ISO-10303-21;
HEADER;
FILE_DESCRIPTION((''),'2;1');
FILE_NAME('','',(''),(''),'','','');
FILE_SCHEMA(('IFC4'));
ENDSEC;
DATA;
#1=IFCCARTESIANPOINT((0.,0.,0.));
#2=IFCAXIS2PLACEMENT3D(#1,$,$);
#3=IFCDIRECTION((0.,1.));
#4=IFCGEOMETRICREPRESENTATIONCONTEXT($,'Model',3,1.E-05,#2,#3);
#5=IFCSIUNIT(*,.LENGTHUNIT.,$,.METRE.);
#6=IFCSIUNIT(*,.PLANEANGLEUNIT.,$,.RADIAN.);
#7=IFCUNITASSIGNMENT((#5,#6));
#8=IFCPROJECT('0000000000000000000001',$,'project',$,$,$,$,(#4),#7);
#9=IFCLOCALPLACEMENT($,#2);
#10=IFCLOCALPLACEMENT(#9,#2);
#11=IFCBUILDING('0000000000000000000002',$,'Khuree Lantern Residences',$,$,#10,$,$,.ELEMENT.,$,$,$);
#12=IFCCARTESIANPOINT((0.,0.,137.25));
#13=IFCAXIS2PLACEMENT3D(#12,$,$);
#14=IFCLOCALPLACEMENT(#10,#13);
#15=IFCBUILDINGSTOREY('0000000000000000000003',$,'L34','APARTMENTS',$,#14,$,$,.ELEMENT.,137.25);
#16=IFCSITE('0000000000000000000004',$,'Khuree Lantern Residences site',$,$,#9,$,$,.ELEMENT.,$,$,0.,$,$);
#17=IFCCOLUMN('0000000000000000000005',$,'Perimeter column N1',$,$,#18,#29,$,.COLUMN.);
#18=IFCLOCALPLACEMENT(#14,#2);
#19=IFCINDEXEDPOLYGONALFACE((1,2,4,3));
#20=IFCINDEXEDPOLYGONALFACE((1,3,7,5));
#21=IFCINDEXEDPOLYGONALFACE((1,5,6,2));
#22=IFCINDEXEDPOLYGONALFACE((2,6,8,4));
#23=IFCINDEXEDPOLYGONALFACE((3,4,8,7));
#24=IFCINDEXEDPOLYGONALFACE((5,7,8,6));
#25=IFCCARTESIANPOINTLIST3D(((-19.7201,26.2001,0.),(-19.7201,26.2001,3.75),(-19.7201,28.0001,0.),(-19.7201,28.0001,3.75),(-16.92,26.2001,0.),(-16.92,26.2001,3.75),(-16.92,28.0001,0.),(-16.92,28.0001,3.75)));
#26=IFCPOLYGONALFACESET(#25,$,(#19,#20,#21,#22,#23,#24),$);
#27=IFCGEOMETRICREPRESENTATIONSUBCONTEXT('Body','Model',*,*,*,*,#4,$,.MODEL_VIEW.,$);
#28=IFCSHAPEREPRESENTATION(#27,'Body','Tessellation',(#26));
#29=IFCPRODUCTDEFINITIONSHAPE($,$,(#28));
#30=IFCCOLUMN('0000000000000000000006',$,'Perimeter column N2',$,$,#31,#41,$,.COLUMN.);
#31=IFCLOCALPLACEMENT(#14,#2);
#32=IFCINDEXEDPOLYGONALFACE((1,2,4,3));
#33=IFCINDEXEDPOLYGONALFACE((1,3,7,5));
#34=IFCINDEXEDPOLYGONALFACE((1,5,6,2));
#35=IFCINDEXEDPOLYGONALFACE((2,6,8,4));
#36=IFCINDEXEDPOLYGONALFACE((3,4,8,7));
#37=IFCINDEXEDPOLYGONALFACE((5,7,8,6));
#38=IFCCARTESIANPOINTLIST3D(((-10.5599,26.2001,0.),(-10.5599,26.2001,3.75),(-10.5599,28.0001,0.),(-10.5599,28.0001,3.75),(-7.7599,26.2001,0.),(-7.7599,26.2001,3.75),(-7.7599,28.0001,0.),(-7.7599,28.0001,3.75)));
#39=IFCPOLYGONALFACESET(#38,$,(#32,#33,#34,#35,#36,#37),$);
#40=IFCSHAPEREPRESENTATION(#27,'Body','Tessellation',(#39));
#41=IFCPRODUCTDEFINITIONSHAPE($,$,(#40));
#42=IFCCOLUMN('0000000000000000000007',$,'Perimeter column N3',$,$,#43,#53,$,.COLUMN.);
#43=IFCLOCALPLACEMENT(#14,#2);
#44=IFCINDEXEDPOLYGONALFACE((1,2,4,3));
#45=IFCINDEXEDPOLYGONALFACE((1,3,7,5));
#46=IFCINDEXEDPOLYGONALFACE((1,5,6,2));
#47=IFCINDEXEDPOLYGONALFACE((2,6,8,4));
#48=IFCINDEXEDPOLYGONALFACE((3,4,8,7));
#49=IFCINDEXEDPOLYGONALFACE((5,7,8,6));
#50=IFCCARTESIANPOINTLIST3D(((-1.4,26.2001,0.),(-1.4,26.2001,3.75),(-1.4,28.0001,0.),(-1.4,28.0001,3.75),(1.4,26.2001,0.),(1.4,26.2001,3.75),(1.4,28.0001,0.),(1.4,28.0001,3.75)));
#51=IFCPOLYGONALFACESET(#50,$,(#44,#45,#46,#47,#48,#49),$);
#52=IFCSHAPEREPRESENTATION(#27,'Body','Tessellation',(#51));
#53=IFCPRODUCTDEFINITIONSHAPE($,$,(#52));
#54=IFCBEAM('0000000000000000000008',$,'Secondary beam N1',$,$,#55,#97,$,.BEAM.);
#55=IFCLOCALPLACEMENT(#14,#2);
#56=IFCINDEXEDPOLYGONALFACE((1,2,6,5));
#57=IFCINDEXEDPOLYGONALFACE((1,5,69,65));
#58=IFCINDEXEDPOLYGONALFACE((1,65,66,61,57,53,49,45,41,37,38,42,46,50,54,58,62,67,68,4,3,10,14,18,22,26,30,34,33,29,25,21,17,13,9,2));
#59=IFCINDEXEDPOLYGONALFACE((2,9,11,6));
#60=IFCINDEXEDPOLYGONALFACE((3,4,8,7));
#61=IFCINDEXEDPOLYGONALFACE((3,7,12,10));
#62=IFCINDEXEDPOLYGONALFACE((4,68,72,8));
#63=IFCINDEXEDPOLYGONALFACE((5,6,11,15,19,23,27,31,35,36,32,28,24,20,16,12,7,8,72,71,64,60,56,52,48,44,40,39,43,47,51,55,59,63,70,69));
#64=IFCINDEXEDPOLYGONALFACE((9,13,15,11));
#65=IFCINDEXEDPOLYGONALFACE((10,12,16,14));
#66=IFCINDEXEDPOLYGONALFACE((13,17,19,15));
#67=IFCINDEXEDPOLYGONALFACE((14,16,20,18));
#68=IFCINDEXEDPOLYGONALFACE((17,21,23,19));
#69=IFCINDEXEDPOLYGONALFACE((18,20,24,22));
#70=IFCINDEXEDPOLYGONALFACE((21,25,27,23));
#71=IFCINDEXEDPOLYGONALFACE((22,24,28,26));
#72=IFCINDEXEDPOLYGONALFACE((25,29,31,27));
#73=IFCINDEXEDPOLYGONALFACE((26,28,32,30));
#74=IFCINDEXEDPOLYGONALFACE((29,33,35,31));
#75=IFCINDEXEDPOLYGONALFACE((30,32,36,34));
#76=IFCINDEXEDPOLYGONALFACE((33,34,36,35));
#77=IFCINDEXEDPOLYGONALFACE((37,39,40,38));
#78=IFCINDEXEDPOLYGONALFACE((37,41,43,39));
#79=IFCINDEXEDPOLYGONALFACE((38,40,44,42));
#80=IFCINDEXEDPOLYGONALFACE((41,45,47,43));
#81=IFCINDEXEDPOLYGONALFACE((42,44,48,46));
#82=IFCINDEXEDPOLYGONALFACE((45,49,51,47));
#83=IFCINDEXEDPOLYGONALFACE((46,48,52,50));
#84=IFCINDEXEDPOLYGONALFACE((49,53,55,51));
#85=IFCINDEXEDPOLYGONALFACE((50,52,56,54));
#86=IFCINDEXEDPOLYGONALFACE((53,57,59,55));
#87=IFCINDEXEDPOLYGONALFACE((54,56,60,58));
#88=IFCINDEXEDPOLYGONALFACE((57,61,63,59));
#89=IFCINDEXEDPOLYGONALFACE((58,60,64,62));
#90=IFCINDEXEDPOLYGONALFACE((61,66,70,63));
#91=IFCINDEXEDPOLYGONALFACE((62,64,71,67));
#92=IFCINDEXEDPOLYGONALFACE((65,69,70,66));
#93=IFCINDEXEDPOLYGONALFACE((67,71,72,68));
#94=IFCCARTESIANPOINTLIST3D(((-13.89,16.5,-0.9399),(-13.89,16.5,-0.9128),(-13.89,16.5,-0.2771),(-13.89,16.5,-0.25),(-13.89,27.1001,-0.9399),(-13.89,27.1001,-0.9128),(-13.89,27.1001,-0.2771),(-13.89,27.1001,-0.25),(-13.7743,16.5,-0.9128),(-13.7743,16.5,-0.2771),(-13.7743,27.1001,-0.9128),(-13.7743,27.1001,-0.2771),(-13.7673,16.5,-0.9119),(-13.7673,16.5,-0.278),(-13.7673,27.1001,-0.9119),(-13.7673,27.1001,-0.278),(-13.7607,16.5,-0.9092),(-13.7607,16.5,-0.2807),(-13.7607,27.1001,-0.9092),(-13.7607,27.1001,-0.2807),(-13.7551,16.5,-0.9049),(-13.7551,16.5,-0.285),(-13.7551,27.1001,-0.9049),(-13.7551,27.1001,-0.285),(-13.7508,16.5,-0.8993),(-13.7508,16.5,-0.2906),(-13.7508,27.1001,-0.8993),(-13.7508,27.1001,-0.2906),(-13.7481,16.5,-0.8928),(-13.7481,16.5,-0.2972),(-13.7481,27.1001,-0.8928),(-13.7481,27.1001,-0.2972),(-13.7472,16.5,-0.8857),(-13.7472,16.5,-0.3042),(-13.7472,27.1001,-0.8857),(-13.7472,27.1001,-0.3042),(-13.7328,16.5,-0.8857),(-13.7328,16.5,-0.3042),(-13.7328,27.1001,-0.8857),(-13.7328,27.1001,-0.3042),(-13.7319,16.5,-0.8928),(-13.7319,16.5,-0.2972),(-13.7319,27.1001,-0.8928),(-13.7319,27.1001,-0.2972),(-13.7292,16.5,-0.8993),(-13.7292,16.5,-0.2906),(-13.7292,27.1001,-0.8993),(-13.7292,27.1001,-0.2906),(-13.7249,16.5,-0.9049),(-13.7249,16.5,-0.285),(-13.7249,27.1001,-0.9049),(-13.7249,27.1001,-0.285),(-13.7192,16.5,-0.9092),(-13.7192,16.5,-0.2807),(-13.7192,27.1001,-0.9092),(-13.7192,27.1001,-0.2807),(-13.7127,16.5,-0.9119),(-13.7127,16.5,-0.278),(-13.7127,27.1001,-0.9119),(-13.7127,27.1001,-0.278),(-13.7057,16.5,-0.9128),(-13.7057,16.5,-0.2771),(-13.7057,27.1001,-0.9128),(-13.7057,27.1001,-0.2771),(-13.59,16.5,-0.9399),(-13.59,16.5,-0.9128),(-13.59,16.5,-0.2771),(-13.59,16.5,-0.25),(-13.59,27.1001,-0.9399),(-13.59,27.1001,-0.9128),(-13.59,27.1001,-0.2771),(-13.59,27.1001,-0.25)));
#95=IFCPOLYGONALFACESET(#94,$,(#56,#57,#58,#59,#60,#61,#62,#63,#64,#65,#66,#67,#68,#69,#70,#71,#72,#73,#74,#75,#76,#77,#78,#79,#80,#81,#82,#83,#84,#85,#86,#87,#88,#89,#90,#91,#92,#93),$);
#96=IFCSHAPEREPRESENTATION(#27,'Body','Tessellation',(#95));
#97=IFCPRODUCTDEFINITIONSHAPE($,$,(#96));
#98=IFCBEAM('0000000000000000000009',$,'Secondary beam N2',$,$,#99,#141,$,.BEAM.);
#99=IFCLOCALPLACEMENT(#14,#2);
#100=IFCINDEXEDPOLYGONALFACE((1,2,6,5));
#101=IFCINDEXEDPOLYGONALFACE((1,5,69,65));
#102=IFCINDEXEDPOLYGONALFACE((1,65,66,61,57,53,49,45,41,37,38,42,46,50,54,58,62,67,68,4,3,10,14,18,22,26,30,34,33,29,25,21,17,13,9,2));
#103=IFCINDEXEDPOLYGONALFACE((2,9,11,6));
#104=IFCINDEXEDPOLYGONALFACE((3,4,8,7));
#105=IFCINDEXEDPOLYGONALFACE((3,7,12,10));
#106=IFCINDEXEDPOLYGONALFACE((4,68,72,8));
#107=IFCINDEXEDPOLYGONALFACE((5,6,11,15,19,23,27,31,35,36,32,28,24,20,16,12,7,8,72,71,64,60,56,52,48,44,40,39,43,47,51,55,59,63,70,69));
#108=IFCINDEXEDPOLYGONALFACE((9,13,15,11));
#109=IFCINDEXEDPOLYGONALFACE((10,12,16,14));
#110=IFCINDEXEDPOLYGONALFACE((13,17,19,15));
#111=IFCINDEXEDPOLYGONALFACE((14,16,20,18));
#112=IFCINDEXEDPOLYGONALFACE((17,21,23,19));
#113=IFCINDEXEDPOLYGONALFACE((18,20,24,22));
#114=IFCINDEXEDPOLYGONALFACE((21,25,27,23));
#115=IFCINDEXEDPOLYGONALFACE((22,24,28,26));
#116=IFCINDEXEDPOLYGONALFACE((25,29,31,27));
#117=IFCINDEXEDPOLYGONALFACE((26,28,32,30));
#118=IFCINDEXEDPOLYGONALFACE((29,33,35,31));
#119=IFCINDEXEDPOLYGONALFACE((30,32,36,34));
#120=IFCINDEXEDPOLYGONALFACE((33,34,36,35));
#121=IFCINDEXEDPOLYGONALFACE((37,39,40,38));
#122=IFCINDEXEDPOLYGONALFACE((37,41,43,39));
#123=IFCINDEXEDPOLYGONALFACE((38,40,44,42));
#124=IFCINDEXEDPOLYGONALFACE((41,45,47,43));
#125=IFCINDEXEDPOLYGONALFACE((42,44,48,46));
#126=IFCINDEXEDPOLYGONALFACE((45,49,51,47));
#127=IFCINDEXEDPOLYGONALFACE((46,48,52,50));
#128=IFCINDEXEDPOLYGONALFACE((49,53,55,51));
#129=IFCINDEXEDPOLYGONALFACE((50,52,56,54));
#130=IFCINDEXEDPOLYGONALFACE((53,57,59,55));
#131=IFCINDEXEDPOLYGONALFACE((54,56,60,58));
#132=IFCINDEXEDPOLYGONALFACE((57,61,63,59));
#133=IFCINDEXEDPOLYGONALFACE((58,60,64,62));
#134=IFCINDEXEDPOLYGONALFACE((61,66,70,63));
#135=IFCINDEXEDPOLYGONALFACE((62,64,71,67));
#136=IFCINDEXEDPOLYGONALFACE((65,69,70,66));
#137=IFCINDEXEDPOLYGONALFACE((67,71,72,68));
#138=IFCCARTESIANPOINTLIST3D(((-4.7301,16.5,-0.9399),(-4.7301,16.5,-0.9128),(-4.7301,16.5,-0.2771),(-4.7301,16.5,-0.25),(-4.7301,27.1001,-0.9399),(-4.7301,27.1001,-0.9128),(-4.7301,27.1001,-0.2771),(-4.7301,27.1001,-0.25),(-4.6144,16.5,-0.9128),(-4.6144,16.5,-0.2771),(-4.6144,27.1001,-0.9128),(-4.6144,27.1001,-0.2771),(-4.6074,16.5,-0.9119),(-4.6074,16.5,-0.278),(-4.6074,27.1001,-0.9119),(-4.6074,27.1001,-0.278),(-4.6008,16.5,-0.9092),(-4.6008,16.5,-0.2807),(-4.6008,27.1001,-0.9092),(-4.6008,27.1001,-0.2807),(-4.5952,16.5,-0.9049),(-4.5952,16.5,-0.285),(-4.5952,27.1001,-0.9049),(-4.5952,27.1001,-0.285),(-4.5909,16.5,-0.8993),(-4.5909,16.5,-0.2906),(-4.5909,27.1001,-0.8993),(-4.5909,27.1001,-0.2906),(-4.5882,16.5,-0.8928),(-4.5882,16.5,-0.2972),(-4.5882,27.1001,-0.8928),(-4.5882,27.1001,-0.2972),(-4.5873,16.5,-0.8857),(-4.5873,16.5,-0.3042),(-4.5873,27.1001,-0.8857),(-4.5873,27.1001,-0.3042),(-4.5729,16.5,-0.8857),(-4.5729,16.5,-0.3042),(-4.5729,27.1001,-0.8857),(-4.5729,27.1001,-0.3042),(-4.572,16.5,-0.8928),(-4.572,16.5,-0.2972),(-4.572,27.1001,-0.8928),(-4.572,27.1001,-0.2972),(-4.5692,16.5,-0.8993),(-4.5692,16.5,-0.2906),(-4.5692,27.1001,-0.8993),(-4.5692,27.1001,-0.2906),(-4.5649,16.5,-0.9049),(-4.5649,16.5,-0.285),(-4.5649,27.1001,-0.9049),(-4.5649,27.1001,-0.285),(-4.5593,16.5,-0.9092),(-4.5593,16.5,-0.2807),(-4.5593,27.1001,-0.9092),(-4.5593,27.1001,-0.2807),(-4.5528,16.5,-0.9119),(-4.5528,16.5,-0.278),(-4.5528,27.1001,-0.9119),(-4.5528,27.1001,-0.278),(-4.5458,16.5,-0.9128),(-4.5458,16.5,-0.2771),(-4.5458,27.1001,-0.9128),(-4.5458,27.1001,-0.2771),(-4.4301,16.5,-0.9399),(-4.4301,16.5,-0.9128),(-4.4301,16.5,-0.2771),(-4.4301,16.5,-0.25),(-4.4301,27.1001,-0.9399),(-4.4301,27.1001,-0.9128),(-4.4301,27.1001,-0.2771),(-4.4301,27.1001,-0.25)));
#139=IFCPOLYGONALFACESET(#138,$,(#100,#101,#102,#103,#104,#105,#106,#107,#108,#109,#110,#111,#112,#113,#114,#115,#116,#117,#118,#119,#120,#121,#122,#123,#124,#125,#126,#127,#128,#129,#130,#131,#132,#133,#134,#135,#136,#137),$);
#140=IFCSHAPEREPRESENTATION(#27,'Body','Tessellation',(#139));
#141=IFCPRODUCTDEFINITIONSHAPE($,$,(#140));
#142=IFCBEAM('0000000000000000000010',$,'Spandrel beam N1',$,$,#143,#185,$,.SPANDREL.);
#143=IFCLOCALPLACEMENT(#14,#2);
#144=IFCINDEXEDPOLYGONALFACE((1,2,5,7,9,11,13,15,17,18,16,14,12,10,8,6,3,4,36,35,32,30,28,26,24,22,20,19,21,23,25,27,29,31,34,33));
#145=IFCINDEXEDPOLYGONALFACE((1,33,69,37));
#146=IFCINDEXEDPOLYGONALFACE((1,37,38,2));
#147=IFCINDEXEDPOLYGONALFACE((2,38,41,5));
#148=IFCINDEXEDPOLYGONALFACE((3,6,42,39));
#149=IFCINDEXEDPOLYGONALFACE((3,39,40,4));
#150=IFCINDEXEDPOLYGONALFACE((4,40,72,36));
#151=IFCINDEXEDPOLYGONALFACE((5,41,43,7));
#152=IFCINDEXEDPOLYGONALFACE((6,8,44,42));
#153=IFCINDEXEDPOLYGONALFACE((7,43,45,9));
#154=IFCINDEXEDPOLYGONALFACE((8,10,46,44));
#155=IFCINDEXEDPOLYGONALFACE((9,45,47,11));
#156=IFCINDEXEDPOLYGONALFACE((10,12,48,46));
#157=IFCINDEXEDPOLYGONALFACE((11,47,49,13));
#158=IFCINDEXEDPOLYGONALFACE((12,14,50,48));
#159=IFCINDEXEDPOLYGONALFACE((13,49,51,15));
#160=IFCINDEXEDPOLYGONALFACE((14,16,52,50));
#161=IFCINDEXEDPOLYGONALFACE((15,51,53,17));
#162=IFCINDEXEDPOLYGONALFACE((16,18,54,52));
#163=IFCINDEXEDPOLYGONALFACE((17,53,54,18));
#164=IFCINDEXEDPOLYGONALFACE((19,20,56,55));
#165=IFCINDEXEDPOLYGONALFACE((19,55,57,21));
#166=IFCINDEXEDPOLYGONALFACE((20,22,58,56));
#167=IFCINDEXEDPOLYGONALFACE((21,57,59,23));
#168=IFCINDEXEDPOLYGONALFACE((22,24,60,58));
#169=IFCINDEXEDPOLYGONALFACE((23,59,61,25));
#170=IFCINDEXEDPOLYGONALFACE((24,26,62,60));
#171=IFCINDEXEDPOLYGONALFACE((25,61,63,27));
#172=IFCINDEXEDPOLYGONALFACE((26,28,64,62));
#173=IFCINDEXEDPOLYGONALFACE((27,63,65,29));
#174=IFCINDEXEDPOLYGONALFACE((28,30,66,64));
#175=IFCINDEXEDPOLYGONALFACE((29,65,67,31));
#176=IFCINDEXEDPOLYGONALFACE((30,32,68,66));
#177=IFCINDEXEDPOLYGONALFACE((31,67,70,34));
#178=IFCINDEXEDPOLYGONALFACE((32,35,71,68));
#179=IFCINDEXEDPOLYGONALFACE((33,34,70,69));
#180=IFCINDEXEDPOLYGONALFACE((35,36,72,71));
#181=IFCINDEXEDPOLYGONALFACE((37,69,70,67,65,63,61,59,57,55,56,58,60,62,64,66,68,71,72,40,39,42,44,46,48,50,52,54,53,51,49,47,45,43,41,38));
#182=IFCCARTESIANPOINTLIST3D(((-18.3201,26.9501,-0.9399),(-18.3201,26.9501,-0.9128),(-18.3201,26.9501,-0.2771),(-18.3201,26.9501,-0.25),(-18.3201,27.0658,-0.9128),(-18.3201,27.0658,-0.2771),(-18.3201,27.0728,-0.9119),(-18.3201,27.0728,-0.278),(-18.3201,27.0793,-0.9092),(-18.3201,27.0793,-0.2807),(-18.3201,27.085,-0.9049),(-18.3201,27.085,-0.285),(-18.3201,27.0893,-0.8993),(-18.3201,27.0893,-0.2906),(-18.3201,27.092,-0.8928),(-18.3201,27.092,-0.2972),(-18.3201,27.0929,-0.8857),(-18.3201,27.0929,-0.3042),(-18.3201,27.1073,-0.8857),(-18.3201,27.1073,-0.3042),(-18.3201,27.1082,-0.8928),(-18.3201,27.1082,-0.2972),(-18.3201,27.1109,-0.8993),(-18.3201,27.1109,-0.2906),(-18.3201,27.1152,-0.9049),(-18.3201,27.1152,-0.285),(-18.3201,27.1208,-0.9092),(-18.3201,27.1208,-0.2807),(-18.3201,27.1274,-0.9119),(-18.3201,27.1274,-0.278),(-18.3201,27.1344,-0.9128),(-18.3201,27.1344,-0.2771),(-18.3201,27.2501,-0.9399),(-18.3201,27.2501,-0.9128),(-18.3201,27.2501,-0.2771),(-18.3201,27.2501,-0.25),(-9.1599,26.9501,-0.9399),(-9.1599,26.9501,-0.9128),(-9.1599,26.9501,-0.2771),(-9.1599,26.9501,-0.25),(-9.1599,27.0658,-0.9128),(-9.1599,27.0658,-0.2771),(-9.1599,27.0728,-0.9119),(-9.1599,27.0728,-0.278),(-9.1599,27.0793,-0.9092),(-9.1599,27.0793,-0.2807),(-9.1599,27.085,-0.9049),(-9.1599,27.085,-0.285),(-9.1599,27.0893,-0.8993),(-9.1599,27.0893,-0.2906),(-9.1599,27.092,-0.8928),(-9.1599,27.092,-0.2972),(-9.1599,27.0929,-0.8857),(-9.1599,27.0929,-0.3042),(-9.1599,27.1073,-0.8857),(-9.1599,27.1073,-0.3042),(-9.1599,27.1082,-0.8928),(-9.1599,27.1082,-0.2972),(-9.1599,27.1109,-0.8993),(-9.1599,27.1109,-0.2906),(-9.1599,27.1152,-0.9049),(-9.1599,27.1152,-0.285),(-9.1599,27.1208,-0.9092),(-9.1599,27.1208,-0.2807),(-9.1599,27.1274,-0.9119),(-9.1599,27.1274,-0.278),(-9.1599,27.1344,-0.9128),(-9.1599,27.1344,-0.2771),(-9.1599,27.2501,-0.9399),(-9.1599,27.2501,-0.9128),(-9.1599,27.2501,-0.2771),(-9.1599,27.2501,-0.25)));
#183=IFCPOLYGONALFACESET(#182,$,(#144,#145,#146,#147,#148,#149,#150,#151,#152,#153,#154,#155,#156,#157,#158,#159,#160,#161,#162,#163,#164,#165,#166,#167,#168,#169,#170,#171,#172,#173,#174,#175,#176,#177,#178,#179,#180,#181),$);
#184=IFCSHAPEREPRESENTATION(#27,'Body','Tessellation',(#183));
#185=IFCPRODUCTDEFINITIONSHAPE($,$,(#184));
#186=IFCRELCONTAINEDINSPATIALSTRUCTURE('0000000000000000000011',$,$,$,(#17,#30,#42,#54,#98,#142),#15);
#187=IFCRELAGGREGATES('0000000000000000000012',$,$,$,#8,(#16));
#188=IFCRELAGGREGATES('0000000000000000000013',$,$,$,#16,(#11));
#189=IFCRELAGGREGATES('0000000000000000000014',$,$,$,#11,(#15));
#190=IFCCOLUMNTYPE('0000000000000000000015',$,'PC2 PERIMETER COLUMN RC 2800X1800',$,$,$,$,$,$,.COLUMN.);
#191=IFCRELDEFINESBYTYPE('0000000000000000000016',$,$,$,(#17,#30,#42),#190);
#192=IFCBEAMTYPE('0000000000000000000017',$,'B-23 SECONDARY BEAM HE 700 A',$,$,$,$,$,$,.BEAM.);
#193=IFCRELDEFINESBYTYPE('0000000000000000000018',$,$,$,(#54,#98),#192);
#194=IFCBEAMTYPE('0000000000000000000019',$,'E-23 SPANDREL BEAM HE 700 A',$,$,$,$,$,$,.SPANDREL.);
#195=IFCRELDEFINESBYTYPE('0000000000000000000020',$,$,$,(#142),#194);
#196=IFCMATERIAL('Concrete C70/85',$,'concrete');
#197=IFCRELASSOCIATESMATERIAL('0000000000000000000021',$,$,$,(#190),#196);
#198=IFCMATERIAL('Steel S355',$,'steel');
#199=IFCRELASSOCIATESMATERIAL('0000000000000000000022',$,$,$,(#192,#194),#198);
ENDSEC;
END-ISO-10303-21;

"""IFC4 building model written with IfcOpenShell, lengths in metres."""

from ifc_helpers import new_model, si_unit, direction, frame, origin, origin_2d, place, context, subcontext, project, spatial, rectangle, i_section, extrude, material, material_profile, profile_set, type_object, element, save


model = new_model("IFC4")

# Units and contexts
model_context = context("Model", 3, precision=1e-05, world=origin(), true_north=direction((0.0, 1.0)))
body_context = subcontext(model_context, "Body", "Model", "MODEL_VIEW")
ifc_project = project(units=[si_unit("LENGTHUNIT", "METRE"), si_unit("PLANEANGLEUNIT", "RADIAN")], contexts=[model_context])

# Site, building, storey
site_placement = place(None, origin())
site = spatial("IfcSite", under=ifc_project, at=site_placement, Name="Khuree Lantern Residences site", CompositionType="ELEMENT", RefElevation=0.0)
building_placement = place(site_placement, origin())
building = spatial("IfcBuilding", under=site, at=building_placement, Name="Khuree Lantern Residences", CompositionType="ELEMENT")
storey_placement = place(building_placement, frame((0.0, 0.0, 137.25)))
storey = spatial("IfcBuildingStorey", under=building, at=storey_placement, Name="L34", Description="APARTMENTS", CompositionType="ELEMENT", Elevation=137.25)

# Columns
ifc_material_1 = material(Name="Concrete C70/85", Category="concrete")
ifc_material_profile_1 = material_profile(ifc_material_1, rectangle(XDim=2.8, YDim=1.8, at=origin_2d()), Name="RC 2800X1800")
ifc_profile_set_1 = profile_set([ifc_material_profile_1], Name="Concrete C70/85")
column_type = type_object("IfcColumnType", Name="PC2 PERIMETER COLUMN RC 2800X1800", PredefinedType="COLUMN", material=ifc_profile_set_1)
for number, where, z_axis, x_axis, name in (
    (1, (-18.3201, 27.1001, 0.0), (0.0, 0.0, 1.0), (1.0, 0.0, 0.0), "Perimeter column N1"),
    (2, (-9.1599, 27.1001, 0.0), (0.0, 0.0, 1.0), (1.0, 0.0, 0.0), "Perimeter column N2"),
    (3, (0.0, 27.1001, 0.0), (0.0, 0.0, 1.0), (1.0, 0.0, 0.0), "Perimeter column N3"),
):
    element("IfcColumn", number, at=place(storey_placement, frame(where, z_axis=z_axis, x_axis=x_axis)), inside=storey, type_object=column_type, Name=name, PredefinedType="COLUMN", context=body_context, shape_type="SweptSolid", body=[
        extrude(rectangle(XDim=2.8, YDim=1.8, at=origin_2d()), origin(), (0.0, 0.0, 1.0), 3.75),
    ])

# Beams
ifc_material_2 = material(Name="Steel S355", Category="steel")
ifc_material_profile_2 = material_profile(ifc_material_2, i_section(OverallWidth=0.3, OverallDepth=0.6899, WebThickness=0.0144, FlangeThickness=0.0271, FilletRadius=0.0271, at=origin_2d()), Name="HE 700 A")
ifc_profile_set_2 = profile_set([ifc_material_profile_2], Name="Steel S355")
beam_type_1 = type_object("IfcBeamType", Name="B-23 SECONDARY BEAM HE 700 A", PredefinedType="BEAM", material=ifc_profile_set_2)
for number, where, z_axis, x_axis, name in (
    (4, (-13.74, 27.1001, -0.595), (0.0, -1.0, 0.0), (1.0, 0.0, 0.0), "Secondary beam N1"),
    (5, (-4.5801, 27.1001, -0.595), (0.0, -1.0, 0.0), (1.0, 0.0, 0.0), "Secondary beam N2"),
):
    element("IfcBeam", number, at=place(storey_placement, frame(where, z_axis=z_axis, x_axis=x_axis)), inside=storey, type_object=beam_type_1, Name=name, PredefinedType="BEAM", context=body_context, shape_type="SweptSolid", body=[
        extrude(i_section(OverallWidth=0.3, OverallDepth=0.6899, WebThickness=0.0144, FlangeThickness=0.0271, FilletRadius=0.0271, at=origin_2d()), origin(), (0.0, 0.0, 1.0), 10.6001),
    ])
ifc_material_profile_3 = material_profile(ifc_material_2, i_section(OverallWidth=0.3, OverallDepth=0.6899, WebThickness=0.0144, FlangeThickness=0.0271, FilletRadius=0.0271, at=origin_2d()), Name="HE 700 A")
ifc_profile_set_3 = profile_set([ifc_material_profile_3], Name="Steel S355")
beam_type_2 = type_object("IfcBeamType", Name="E-23 SPANDREL BEAM HE 700 A", PredefinedType="SPANDREL", material=ifc_profile_set_3)
beam_1_placement = place(storey_placement, frame((-18.3201, 27.1001, -0.595), z_axis=(1.0, 0.0, 0.0), x_axis=(0.0, 1.0, 0.0)))
element("IfcBeam", 6, at=beam_1_placement, inside=storey, type_object=beam_type_2, Name="Spandrel beam N1", PredefinedType="SPANDREL", context=body_context, shape_type="SweptSolid", body=[
    extrude(i_section(OverallWidth=0.3, OverallDepth=0.6899, WebThickness=0.0144, FlangeThickness=0.0271, FilletRadius=0.0271, at=origin_2d()), origin(), (0.0, 0.0, 1.0), 9.1602),
])

save(model, "model.ifc")
